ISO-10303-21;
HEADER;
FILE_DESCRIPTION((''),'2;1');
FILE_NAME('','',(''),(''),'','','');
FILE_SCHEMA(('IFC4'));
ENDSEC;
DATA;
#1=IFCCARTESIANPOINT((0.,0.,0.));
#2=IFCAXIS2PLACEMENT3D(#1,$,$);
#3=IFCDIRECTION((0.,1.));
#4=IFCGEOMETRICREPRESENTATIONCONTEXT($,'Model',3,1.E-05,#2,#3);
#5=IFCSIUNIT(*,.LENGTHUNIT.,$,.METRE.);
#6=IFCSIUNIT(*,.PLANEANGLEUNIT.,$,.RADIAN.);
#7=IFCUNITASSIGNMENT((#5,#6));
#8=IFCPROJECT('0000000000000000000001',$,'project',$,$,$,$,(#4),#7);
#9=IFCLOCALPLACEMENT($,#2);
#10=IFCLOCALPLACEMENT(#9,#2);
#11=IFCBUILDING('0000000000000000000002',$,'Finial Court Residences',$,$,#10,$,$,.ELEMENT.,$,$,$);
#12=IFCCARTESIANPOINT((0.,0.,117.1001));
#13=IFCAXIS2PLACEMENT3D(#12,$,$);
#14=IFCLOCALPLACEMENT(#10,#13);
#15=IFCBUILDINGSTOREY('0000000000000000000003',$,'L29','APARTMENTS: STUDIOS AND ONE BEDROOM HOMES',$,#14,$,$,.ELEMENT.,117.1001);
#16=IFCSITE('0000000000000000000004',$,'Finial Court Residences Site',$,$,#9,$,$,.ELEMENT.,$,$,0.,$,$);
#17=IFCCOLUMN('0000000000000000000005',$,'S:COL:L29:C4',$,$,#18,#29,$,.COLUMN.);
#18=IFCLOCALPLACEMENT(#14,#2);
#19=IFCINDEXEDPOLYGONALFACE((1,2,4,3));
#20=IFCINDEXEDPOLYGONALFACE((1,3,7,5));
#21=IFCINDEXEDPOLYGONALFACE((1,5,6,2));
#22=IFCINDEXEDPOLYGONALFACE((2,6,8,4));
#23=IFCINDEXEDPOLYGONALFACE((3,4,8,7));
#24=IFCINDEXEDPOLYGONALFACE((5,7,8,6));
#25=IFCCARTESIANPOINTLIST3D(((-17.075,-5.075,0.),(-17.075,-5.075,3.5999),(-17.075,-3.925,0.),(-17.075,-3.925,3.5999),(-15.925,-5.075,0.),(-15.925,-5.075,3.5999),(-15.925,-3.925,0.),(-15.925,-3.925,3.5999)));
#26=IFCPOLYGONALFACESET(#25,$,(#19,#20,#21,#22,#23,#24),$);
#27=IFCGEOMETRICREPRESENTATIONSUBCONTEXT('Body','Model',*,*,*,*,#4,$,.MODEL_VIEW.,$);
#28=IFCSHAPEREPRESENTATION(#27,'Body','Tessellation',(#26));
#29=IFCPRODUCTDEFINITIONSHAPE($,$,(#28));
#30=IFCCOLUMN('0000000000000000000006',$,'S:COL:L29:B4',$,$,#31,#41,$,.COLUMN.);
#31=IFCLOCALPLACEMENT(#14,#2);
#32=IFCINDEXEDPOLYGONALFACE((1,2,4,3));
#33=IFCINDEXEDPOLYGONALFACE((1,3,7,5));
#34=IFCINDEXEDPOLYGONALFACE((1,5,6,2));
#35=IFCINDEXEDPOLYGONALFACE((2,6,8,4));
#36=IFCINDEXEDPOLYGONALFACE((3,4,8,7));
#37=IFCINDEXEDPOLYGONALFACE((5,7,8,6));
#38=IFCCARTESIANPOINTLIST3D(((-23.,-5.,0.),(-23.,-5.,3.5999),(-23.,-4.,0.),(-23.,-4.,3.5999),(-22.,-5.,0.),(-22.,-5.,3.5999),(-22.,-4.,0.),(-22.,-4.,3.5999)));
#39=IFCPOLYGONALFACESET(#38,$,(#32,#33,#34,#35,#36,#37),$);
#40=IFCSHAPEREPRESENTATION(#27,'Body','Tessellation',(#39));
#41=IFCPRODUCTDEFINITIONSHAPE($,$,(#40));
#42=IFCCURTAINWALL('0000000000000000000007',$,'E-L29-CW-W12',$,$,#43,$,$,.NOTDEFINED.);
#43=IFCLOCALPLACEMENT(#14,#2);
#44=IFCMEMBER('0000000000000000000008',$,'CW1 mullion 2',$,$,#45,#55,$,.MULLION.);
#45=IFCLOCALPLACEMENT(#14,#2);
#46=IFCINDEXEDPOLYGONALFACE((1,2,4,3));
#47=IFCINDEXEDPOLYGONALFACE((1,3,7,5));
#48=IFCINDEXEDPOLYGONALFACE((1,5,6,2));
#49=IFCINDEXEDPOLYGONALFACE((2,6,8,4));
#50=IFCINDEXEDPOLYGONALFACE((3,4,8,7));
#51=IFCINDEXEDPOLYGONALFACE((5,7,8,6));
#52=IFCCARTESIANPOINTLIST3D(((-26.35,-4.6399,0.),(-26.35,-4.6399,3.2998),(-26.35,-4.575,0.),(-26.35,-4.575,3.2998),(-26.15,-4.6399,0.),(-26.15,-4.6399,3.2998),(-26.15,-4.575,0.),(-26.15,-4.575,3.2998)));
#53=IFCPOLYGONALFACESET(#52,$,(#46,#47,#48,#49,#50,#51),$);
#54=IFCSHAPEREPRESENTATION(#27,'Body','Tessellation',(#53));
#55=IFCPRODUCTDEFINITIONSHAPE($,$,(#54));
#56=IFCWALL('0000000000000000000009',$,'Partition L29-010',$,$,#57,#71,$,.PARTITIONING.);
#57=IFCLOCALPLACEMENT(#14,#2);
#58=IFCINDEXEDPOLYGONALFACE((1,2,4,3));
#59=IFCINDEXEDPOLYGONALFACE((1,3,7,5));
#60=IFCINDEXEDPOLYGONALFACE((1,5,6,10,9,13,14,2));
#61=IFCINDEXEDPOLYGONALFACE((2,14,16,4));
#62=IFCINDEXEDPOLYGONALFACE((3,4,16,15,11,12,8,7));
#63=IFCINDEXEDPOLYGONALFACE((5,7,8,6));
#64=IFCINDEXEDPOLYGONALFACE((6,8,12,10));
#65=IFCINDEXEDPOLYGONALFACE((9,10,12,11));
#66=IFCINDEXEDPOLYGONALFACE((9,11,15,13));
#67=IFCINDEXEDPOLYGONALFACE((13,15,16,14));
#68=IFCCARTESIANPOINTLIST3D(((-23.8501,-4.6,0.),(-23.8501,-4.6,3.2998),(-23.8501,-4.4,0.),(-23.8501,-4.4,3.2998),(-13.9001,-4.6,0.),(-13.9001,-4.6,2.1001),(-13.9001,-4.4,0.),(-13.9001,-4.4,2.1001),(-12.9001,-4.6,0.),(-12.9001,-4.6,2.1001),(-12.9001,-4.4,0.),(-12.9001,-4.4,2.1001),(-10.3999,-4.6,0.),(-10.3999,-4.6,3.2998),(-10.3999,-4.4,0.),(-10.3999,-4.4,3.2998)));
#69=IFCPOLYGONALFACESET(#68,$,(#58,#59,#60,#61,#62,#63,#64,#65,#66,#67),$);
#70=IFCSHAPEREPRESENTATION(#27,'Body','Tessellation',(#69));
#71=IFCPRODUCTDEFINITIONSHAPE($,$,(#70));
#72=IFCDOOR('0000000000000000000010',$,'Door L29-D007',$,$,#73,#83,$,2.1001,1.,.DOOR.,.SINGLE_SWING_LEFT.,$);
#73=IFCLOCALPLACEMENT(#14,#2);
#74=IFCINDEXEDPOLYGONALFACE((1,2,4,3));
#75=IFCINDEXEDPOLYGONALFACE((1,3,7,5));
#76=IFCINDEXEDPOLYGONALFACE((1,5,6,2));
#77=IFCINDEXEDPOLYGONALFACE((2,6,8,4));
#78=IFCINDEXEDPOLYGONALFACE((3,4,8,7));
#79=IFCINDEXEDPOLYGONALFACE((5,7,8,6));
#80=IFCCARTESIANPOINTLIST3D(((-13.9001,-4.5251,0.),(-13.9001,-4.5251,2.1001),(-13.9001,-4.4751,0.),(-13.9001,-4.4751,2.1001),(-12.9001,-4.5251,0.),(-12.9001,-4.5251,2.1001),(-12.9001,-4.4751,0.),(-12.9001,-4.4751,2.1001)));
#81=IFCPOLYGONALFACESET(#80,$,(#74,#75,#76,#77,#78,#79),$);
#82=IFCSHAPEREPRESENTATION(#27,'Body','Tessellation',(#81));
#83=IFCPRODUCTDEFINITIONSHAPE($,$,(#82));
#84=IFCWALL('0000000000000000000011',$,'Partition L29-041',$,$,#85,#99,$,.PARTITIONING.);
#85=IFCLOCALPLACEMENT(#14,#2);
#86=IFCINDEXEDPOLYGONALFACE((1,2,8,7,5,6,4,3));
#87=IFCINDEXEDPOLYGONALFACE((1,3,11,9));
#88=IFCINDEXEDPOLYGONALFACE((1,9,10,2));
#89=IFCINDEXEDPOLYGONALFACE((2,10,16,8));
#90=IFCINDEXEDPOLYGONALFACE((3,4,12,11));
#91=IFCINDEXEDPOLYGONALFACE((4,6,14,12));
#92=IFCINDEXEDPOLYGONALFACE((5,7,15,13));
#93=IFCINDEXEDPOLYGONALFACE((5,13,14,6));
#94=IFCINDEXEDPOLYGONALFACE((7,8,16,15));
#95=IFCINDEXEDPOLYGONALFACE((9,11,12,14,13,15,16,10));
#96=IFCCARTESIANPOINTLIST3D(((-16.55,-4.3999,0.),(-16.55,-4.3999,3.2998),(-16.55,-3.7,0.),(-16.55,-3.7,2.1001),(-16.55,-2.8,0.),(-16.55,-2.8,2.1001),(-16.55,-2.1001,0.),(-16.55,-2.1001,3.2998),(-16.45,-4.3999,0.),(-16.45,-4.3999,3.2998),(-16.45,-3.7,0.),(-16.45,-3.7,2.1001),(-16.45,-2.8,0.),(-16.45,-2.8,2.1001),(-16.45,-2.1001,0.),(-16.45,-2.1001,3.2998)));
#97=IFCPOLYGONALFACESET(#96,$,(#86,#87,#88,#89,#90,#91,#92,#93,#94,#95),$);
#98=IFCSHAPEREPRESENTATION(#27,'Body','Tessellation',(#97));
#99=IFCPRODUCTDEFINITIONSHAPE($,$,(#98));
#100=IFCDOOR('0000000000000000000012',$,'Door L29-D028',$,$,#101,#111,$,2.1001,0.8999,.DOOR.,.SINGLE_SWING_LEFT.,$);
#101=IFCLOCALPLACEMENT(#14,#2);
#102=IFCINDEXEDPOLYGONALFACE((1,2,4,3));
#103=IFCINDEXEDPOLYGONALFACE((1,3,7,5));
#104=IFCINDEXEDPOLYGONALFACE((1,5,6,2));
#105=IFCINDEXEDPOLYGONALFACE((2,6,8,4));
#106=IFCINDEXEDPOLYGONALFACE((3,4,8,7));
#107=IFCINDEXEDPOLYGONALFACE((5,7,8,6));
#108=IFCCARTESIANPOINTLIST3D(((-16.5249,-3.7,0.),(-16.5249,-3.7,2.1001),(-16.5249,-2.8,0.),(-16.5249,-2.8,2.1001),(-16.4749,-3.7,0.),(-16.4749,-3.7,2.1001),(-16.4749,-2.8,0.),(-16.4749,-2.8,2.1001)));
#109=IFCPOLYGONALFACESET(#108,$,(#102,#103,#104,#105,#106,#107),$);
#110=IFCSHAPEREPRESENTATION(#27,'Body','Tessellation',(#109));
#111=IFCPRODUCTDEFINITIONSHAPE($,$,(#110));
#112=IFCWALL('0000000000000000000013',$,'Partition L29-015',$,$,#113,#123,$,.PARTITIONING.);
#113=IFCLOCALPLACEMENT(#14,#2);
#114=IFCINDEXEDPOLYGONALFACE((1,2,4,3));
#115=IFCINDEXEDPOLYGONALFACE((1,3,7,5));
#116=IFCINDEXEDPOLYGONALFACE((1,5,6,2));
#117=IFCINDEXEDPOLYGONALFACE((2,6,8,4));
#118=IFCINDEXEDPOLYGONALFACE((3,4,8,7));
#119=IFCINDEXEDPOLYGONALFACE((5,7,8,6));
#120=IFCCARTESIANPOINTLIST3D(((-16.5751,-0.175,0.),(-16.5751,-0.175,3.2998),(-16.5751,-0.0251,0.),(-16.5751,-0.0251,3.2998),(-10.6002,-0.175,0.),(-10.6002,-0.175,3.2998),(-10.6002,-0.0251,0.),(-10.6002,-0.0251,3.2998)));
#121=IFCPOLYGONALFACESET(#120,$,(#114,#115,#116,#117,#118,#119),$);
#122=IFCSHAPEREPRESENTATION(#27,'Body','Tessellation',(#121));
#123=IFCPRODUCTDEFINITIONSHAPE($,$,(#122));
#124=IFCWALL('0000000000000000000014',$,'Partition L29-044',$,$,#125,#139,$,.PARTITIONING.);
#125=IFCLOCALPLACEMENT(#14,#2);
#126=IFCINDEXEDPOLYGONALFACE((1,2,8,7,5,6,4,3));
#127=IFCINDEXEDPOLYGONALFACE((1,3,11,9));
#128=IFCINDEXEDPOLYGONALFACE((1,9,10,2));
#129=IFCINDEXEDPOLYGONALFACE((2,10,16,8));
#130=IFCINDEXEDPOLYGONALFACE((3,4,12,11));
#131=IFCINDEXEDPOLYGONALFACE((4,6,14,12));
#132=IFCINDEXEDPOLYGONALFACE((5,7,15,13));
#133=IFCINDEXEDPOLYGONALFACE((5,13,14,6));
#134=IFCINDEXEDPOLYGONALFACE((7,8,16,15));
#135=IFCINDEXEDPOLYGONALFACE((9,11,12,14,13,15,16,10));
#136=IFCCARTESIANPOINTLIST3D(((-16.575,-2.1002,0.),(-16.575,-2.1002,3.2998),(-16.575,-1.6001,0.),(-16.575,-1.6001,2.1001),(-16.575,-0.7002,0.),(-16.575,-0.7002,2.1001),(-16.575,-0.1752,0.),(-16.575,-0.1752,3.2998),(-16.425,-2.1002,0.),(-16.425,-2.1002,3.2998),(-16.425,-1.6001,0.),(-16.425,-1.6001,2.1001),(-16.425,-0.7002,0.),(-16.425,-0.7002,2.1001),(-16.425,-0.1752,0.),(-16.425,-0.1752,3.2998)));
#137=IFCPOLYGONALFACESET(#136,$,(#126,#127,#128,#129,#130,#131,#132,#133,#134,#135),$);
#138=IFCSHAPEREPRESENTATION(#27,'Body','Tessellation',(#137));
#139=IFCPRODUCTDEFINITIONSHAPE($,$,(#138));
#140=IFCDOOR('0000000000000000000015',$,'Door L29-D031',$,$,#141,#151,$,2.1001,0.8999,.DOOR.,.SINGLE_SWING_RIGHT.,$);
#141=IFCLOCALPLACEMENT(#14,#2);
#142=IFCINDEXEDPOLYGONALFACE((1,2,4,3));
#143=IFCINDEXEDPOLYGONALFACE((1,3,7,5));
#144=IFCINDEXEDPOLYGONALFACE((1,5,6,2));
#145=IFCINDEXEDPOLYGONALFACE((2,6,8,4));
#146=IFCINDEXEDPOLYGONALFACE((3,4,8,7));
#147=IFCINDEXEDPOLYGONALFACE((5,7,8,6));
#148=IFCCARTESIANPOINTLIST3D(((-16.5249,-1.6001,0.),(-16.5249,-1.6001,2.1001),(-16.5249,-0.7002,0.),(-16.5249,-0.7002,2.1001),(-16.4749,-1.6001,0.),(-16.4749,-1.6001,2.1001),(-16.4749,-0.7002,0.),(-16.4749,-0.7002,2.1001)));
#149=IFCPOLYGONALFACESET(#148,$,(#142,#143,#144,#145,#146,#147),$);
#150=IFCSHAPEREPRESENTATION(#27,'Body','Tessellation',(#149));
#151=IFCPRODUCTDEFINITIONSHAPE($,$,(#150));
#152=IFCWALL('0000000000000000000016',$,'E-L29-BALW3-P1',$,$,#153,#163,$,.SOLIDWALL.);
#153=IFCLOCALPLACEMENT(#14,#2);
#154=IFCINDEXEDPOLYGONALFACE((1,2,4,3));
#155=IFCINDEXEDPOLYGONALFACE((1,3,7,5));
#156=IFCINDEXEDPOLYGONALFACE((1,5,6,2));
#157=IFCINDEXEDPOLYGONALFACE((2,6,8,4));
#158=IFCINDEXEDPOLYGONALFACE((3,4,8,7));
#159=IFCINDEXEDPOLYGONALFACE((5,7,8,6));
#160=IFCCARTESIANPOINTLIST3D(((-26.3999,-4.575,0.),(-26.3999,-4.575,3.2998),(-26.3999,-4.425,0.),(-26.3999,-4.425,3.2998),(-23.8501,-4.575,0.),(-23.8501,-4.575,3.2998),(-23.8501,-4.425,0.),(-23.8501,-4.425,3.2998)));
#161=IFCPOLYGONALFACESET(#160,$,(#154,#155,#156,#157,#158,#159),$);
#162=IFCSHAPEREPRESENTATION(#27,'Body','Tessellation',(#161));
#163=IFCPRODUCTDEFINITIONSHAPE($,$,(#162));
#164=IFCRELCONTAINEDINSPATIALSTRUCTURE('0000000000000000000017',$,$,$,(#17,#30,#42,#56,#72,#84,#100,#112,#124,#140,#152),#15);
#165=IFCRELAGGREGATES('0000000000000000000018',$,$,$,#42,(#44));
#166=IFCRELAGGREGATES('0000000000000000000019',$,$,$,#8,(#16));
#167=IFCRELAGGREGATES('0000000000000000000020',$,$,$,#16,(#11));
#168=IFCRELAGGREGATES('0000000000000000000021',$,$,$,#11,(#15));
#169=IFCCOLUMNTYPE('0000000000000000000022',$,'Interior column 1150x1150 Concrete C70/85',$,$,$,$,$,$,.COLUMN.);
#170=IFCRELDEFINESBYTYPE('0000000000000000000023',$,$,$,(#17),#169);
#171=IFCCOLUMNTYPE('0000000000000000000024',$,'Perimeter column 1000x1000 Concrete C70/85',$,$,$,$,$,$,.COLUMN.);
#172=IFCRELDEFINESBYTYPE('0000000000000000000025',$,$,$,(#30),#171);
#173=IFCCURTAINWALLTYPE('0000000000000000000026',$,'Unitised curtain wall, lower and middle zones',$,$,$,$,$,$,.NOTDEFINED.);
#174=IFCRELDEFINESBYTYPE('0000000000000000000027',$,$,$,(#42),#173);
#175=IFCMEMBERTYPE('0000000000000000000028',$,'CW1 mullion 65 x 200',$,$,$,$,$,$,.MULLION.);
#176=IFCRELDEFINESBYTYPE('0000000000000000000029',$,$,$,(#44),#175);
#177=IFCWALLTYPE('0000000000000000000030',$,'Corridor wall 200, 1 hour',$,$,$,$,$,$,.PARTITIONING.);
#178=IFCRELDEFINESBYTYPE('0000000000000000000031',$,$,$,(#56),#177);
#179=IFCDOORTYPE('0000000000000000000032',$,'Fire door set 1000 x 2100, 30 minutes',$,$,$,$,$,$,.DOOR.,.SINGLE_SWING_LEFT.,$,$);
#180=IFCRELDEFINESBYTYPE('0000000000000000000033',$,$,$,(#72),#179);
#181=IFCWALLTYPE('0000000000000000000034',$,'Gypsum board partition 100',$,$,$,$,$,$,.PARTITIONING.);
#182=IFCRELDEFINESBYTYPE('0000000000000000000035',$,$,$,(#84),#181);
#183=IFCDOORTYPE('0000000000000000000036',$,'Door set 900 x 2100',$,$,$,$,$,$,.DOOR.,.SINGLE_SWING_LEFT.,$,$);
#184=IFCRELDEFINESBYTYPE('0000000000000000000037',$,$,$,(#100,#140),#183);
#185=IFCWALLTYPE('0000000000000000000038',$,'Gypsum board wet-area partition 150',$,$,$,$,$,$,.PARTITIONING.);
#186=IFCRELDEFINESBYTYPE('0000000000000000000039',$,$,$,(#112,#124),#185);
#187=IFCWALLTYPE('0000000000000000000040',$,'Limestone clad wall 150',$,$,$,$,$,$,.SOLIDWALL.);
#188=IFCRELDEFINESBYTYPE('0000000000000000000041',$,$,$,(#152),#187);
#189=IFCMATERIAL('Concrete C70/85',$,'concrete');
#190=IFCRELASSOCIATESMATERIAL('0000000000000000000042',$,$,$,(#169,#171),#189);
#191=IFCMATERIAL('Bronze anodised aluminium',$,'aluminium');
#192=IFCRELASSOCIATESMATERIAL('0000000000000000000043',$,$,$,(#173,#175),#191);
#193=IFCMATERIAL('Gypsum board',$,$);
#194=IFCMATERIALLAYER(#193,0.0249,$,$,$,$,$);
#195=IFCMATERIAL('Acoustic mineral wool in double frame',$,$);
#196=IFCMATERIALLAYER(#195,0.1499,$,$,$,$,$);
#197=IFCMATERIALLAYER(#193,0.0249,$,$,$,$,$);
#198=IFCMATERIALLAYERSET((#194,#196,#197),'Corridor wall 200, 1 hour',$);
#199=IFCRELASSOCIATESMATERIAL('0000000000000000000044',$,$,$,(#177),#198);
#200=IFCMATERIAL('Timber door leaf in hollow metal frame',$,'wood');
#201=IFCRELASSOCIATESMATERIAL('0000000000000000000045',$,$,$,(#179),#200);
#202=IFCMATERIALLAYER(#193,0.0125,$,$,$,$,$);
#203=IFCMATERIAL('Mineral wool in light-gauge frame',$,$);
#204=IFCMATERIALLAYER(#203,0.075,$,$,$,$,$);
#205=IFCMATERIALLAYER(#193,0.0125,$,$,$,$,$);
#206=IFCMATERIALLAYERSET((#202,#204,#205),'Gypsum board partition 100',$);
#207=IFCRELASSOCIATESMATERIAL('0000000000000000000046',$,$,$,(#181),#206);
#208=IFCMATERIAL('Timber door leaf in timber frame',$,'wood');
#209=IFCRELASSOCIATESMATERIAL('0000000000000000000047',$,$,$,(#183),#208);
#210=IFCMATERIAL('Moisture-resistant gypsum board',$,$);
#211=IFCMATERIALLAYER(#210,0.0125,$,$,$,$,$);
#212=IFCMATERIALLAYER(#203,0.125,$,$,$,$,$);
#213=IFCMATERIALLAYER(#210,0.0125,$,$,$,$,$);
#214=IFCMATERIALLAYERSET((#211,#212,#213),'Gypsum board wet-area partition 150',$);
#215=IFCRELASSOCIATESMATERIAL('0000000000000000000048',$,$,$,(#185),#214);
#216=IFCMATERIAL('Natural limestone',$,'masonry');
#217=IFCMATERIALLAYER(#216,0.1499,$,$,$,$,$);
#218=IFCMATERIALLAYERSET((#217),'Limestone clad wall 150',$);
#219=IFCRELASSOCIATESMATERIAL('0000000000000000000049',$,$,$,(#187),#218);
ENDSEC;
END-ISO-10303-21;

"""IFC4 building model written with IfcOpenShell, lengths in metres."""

from ifc_helpers import new_model, si_unit, direction, frame, frame_2d, origin, origin_2d, place, context, subcontext, project, spatial, rectangle, extrude, material, layer, layer_set, material_profile, profile_set, type_object, element, fill, aggregate, save


model = new_model("IFC4")

# Units and contexts
model_context = context("Model", 3, precision=1e-05, world=origin(), true_north=direction((0.0, 1.0)))
body_context = subcontext(model_context, "Body", "Model", "MODEL_VIEW")
ifc_project = project(units=[si_unit("LENGTHUNIT", "METRE"), si_unit("PLANEANGLEUNIT", "RADIAN")], contexts=[model_context])

# Site, building, storey
site_placement = place(None, origin())
site = spatial("IfcSite", under=ifc_project, at=site_placement, Name="Finial Court Residences Site", CompositionType="ELEMENT", RefElevation=0.0)
building_placement = place(site_placement, origin())
building = spatial("IfcBuilding", under=site, at=building_placement, Name="Finial Court Residences", CompositionType="ELEMENT")
storey_placement = place(building_placement, frame((0.0, 0.0, 117.1001)))
storey = spatial("IfcBuildingStorey", under=building, at=storey_placement, Name="L29", Description="APARTMENTS: STUDIOS AND ONE BEDROOM HOMES", CompositionType="ELEMENT", Elevation=117.1001)

# Columns
ifc_material_1 = material(Name="Concrete C70/85", Category="concrete")
ifc_material_profile_1 = material_profile(ifc_material_1, rectangle(XDim=1.1499, YDim=1.1499, at=origin_2d()), Name="1150x1150")
ifc_profile_set_1 = profile_set([ifc_material_profile_1], Name="Concrete C70/85")
column_type_1 = type_object("IfcColumnType", Name="Interior column 1150x1150 Concrete C70/85", PredefinedType="COLUMN", material=ifc_profile_set_1)
column_1_placement = place(storey_placement, frame((-16.5, -4.5, 0.0), z_axis=(0.0, 0.0, 1.0), x_axis=(1.0, 0.0, 0.0)))
element("IfcColumn", 1, at=column_1_placement, inside=storey, type_object=column_type_1, Name="S:COL:L29:C4", PredefinedType="COLUMN", context=body_context, shape_type="SweptSolid", body=[
    extrude(rectangle(XDim=1.1499, YDim=1.1499, at=origin_2d()), origin(), (0.0, 0.0, 1.0), 3.5999),
])
ifc_material_profile_2 = material_profile(ifc_material_1, rectangle(XDim=1.0, YDim=1.0, at=origin_2d()), Name="1000x1000")
ifc_profile_set_2 = profile_set([ifc_material_profile_2], Name="Concrete C70/85")
column_type_2 = type_object("IfcColumnType", Name="Perimeter column 1000x1000 Concrete C70/85", PredefinedType="COLUMN", material=ifc_profile_set_2)
column_2_placement = place(storey_placement, frame((-22.5, -4.5, 0.0), z_axis=(0.0, 0.0, 1.0), x_axis=(1.0, 0.0, 0.0)))
element("IfcColumn", 2, at=column_2_placement, inside=storey, type_object=column_type_2, Name="S:COL:L29:B4", PredefinedType="COLUMN", context=body_context, shape_type="SweptSolid", body=[
    extrude(rectangle(XDim=1.0, YDim=1.0, at=origin_2d()), origin(), (0.0, 0.0, 1.0), 3.5999),
])

# Curtain wall, member
ifc_material_2 = material(Name="Bronze anodised aluminium", Category="aluminium")
curtain_wall_type = type_object("IfcCurtainWallType", Name="Unitised curtain wall, lower and middle zones", PredefinedType="NOTDEFINED", material=ifc_material_2)
curtain_wall_placement = place(storey_placement, origin())
curtain_wall = element("IfcCurtainWall", 3, at=curtain_wall_placement, inside=storey, type_object=curtain_wall_type, Name="E-L29-CW-W12", PredefinedType="NOTDEFINED")
ifc_material_profile_3 = material_profile(ifc_material_2, rectangle(XDim=0.2, YDim=0.0649, at=origin_2d()), Name="CW1 mullion 65 x 200")
ifc_profile_set_3 = profile_set([ifc_material_profile_3], Name="Bronze anodised aluminium")
member_type = type_object("IfcMemberType", Name="CW1 mullion 65 x 200", PredefinedType="MULLION", material=ifc_profile_set_3)
member_placement = place(storey_placement, frame((-26.25, -4.6074, 0.0), z_axis=(0.0, 0.0, 1.0), x_axis=(-1.0, 0.0, 0.0)))
member = element("IfcMember", 4, at=member_placement, type_object=member_type, Name="CW1 mullion 2", PredefinedType="MULLION", context=body_context, shape_type="SweptSolid", body=[
    extrude(rectangle(XDim=0.2, YDim=0.0649, at=origin_2d()), origin(), (0.0, 0.0, 1.0), 3.2998),
])
aggregate(curtain_wall, [member])

# Walls, openings, doors
ifc_material_3 = material(Name="Gypsum board")
ifc_layer_1 = layer(ifc_material_3, 0.0249)
ifc_material_4 = material(Name="Acoustic mineral wool in double frame")
ifc_layer_2 = layer(ifc_material_4, 0.1499)
ifc_layer_3 = layer(ifc_material_3, 0.0249)
ifc_layer_set_1 = layer_set([ifc_layer_1, ifc_layer_2, ifc_layer_3], Name="Corridor wall 200, 1 hour")
wall_type_1 = type_object("IfcWallType", Name="Corridor wall 200, 1 hour", PredefinedType="PARTITIONING", material=ifc_layer_set_1)
wall_1_placement = place(storey_placement, frame((-23.8501, -4.5, 0.0), z_axis=(0.0, 0.0, 1.0), x_axis=(1.0, 0.0, 0.0)))
wall_1 = element("IfcWall", 5, at=wall_1_placement, inside=storey, type_object=wall_type_1, Name="Partition L29-010", PredefinedType="PARTITIONING", context=body_context, shape_type="SweptSolid", body=[
    extrude(rectangle(XDim=13.4502, YDim=0.2, at=frame_2d((6.7251, 0.0))), origin(), (0.0, 0.0, 1.0), 3.2998),
])
opening_1_placement = place(wall_1_placement, frame((9.95, 0.0, 0.0)))
opening_1 = element("IfcOpeningElement", 6, at=opening_1_placement, cuts=wall_1, PredefinedType="OPENING", context=body_context, shape_type="SweptSolid", body=[
    extrude(rectangle(XDim=1.0, YDim=2.1001, at=frame_2d((0.5, 1.05))), frame((0.0, 0.1099, 0.0), z_axis=(0.0, -1.0, 0.0), x_axis=(1.0, 0.0, 0.0)), (0.0, 0.0, 1.0), 0.22),
])
ifc_material_5 = material(Name="Timber door leaf in hollow metal frame", Category="wood")
door_type_1 = type_object("IfcDoorType", Name="Fire door set 1000 x 2100, 30 minutes", OperationType="SINGLE_SWING_LEFT", PredefinedType="DOOR", material=ifc_material_5)
door_1_placement = place(opening_1_placement, origin())
door_1 = element("IfcDoor", 7, at=door_1_placement, inside=storey, type_object=door_type_1, Name="Door L29-D007", OperationType="SINGLE_SWING_LEFT", OverallHeight=2.1001, OverallWidth=1.0, PredefinedType="DOOR", context=body_context, shape_type="SweptSolid", body=[
    extrude(rectangle(XDim=1.0, YDim=2.1001, at=frame_2d((0.5, 1.05))), frame((0.0, 0.0249, 0.0), z_axis=(0.0, -1.0, 0.0), x_axis=(1.0, 0.0, 0.0)), (0.0, 0.0, 1.0), 0.05),
])
fill(opening_1, door_1)
ifc_layer_4 = layer(ifc_material_3, 0.0125)
ifc_material_6 = material(Name="Mineral wool in light-gauge frame")
ifc_layer_5 = layer(ifc_material_6, 0.075)
ifc_layer_6 = layer(ifc_material_3, 0.0125)
ifc_layer_set_2 = layer_set([ifc_layer_4, ifc_layer_5, ifc_layer_6], Name="Gypsum board partition 100")
wall_type_2 = type_object("IfcWallType", Name="Gypsum board partition 100", PredefinedType="PARTITIONING", material=ifc_layer_set_2)
wall_2_placement = place(storey_placement, frame((-16.5, -4.3999, 0.0), z_axis=(0.0, 0.0, 1.0), x_axis=(0.0, 1.0, 0.0)))
wall_2 = element("IfcWall", 8, at=wall_2_placement, inside=storey, type_object=wall_type_2, Name="Partition L29-041", PredefinedType="PARTITIONING", context=body_context, shape_type="SweptSolid", body=[
    extrude(rectangle(XDim=2.2998, YDim=0.1001, at=frame_2d((1.1499, 0.0))), origin(), (0.0, 0.0, 1.0), 3.2998),
])
opening_2_placement = place(wall_2_placement, frame((0.7, 0.0, 0.0)))
opening_2 = element("IfcOpeningElement", 9, at=opening_2_placement, cuts=wall_2, PredefinedType="OPENING", context=body_context, shape_type="SweptSolid", body=[
    extrude(rectangle(XDim=0.8999, YDim=2.1001, at=frame_2d((0.45, 1.05))), frame((0.0, 0.0601, 0.0), z_axis=(0.0, -1.0, 0.0), x_axis=(1.0, 0.0, 0.0)), (0.0, 0.0, 1.0), 0.1201),
])
ifc_material_7 = material(Name="Timber door leaf in timber frame", Category="wood")
door_type_2 = type_object("IfcDoorType", Name="Door set 900 x 2100", OperationType="SINGLE_SWING_LEFT", PredefinedType="DOOR", material=ifc_material_7)
door_2_placement = place(opening_2_placement, origin())
door_2 = element("IfcDoor", 10, at=door_2_placement, inside=storey, type_object=door_type_2, Name="Door L29-D028", OperationType="SINGLE_SWING_LEFT", OverallHeight=2.1001, OverallWidth=0.8999, PredefinedType="DOOR", context=body_context, shape_type="SweptSolid", body=[
    extrude(rectangle(XDim=0.8999, YDim=2.1001, at=frame_2d((0.45, 1.05))), frame((0.0, 0.0249, 0.0), z_axis=(0.0, -1.0, 0.0), x_axis=(1.0, 0.0, 0.0)), (0.0, 0.0, 1.0), 0.05),
])
fill(opening_2, door_2)

# Wall
ifc_material_8 = material(Name="Moisture-resistant gypsum board")
ifc_layer_7 = layer(ifc_material_8, 0.0125)
ifc_layer_8 = layer(ifc_material_6, 0.125)
ifc_layer_9 = layer(ifc_material_8, 0.0125)
ifc_layer_set_3 = layer_set([ifc_layer_7, ifc_layer_8, ifc_layer_9], Name="Gypsum board wet-area partition 150")
wall_type_3 = type_object("IfcWallType", Name="Gypsum board wet-area partition 150", PredefinedType="PARTITIONING", material=ifc_layer_set_3)
wall_3_placement = place(storey_placement, frame((-16.575, -0.1001, 0.0), z_axis=(0.0, 0.0, 1.0), x_axis=(1.0, 0.0, 0.0)))
element("IfcWall", 11, at=wall_3_placement, inside=storey, type_object=wall_type_3, Name="Partition L29-015", PredefinedType="PARTITIONING", context=body_context, shape_type="SweptSolid", body=[
    extrude(rectangle(XDim=5.9749, YDim=0.1499, at=frame_2d((2.9873, 0.0))), origin(), (0.0, 0.0, 1.0), 3.2998),
])

# Wall, opening, door
wall_4_placement = place(storey_placement, frame((-16.5, -2.1001, 0.0), z_axis=(0.0, 0.0, 1.0), x_axis=(0.0, 1.0, 0.0)))
wall_4 = element("IfcWall", 12, at=wall_4_placement, inside=storey, type_object=wall_type_3, Name="Partition L29-044", PredefinedType="PARTITIONING", context=body_context, shape_type="SweptSolid", body=[
    extrude(rectangle(XDim=1.925, YDim=0.1499, at=frame_2d((0.9624, 0.0))), origin(), (0.0, 0.0, 1.0), 3.2998),
])
opening_3_placement = place(wall_4_placement, frame((0.5, 0.0, 0.0)))
opening_3 = element("IfcOpeningElement", 13, at=opening_3_placement, cuts=wall_4, PredefinedType="OPENING", context=body_context, shape_type="SweptSolid", body=[
    extrude(rectangle(XDim=0.8999, YDim=2.1001, at=frame_2d((0.45, 1.05))), frame((0.0, 0.085, 0.0), z_axis=(0.0, -1.0, 0.0), x_axis=(1.0, 0.0, 0.0)), (0.0, 0.0, 1.0), 0.1699),
])
door_3_placement = place(opening_3_placement, origin())
door_3 = element("IfcDoor", 14, at=door_3_placement, inside=storey, type_object=door_type_2, Name="Door L29-D031", OperationType="SINGLE_SWING_RIGHT", OverallHeight=2.1001, OverallWidth=0.8999, PredefinedType="DOOR", context=body_context, shape_type="SweptSolid", body=[
    extrude(rectangle(XDim=0.8999, YDim=2.1001, at=frame_2d((0.45, 1.05))), frame((0.0, 0.0249, 0.0), z_axis=(0.0, -1.0, 0.0), x_axis=(1.0, 0.0, 0.0)), (0.0, 0.0, 1.0), 0.05),
])
fill(opening_3, door_3)

# Wall
ifc_material_9 = material(Name="Natural limestone", Category="masonry")
ifc_layer_10 = layer(ifc_material_9, 0.1499)
ifc_layer_set_4 = layer_set([ifc_layer_10], Name="Limestone clad wall 150")
wall_type_4 = type_object("IfcWallType", Name="Limestone clad wall 150", PredefinedType="SOLIDWALL", material=ifc_layer_set_4)
wall_5_placement = place(storey_placement, frame((-23.8501, -4.5, 0.0), z_axis=(0.0, 0.0, 1.0), x_axis=(-1.0, 0.0, 0.0)))
element("IfcWall", 15, at=wall_5_placement, inside=storey, type_object=wall_type_4, Name="E-L29-BALW3-P1", PredefinedType="SOLIDWALL", context=body_context, shape_type="SweptSolid", body=[
    extrude(rectangle(XDim=2.5498, YDim=0.1499, at=frame_2d((1.2749, 0.0))), origin(), (0.0, 0.0, 1.0), 3.2998),
])

save(model, "model.ifc")
